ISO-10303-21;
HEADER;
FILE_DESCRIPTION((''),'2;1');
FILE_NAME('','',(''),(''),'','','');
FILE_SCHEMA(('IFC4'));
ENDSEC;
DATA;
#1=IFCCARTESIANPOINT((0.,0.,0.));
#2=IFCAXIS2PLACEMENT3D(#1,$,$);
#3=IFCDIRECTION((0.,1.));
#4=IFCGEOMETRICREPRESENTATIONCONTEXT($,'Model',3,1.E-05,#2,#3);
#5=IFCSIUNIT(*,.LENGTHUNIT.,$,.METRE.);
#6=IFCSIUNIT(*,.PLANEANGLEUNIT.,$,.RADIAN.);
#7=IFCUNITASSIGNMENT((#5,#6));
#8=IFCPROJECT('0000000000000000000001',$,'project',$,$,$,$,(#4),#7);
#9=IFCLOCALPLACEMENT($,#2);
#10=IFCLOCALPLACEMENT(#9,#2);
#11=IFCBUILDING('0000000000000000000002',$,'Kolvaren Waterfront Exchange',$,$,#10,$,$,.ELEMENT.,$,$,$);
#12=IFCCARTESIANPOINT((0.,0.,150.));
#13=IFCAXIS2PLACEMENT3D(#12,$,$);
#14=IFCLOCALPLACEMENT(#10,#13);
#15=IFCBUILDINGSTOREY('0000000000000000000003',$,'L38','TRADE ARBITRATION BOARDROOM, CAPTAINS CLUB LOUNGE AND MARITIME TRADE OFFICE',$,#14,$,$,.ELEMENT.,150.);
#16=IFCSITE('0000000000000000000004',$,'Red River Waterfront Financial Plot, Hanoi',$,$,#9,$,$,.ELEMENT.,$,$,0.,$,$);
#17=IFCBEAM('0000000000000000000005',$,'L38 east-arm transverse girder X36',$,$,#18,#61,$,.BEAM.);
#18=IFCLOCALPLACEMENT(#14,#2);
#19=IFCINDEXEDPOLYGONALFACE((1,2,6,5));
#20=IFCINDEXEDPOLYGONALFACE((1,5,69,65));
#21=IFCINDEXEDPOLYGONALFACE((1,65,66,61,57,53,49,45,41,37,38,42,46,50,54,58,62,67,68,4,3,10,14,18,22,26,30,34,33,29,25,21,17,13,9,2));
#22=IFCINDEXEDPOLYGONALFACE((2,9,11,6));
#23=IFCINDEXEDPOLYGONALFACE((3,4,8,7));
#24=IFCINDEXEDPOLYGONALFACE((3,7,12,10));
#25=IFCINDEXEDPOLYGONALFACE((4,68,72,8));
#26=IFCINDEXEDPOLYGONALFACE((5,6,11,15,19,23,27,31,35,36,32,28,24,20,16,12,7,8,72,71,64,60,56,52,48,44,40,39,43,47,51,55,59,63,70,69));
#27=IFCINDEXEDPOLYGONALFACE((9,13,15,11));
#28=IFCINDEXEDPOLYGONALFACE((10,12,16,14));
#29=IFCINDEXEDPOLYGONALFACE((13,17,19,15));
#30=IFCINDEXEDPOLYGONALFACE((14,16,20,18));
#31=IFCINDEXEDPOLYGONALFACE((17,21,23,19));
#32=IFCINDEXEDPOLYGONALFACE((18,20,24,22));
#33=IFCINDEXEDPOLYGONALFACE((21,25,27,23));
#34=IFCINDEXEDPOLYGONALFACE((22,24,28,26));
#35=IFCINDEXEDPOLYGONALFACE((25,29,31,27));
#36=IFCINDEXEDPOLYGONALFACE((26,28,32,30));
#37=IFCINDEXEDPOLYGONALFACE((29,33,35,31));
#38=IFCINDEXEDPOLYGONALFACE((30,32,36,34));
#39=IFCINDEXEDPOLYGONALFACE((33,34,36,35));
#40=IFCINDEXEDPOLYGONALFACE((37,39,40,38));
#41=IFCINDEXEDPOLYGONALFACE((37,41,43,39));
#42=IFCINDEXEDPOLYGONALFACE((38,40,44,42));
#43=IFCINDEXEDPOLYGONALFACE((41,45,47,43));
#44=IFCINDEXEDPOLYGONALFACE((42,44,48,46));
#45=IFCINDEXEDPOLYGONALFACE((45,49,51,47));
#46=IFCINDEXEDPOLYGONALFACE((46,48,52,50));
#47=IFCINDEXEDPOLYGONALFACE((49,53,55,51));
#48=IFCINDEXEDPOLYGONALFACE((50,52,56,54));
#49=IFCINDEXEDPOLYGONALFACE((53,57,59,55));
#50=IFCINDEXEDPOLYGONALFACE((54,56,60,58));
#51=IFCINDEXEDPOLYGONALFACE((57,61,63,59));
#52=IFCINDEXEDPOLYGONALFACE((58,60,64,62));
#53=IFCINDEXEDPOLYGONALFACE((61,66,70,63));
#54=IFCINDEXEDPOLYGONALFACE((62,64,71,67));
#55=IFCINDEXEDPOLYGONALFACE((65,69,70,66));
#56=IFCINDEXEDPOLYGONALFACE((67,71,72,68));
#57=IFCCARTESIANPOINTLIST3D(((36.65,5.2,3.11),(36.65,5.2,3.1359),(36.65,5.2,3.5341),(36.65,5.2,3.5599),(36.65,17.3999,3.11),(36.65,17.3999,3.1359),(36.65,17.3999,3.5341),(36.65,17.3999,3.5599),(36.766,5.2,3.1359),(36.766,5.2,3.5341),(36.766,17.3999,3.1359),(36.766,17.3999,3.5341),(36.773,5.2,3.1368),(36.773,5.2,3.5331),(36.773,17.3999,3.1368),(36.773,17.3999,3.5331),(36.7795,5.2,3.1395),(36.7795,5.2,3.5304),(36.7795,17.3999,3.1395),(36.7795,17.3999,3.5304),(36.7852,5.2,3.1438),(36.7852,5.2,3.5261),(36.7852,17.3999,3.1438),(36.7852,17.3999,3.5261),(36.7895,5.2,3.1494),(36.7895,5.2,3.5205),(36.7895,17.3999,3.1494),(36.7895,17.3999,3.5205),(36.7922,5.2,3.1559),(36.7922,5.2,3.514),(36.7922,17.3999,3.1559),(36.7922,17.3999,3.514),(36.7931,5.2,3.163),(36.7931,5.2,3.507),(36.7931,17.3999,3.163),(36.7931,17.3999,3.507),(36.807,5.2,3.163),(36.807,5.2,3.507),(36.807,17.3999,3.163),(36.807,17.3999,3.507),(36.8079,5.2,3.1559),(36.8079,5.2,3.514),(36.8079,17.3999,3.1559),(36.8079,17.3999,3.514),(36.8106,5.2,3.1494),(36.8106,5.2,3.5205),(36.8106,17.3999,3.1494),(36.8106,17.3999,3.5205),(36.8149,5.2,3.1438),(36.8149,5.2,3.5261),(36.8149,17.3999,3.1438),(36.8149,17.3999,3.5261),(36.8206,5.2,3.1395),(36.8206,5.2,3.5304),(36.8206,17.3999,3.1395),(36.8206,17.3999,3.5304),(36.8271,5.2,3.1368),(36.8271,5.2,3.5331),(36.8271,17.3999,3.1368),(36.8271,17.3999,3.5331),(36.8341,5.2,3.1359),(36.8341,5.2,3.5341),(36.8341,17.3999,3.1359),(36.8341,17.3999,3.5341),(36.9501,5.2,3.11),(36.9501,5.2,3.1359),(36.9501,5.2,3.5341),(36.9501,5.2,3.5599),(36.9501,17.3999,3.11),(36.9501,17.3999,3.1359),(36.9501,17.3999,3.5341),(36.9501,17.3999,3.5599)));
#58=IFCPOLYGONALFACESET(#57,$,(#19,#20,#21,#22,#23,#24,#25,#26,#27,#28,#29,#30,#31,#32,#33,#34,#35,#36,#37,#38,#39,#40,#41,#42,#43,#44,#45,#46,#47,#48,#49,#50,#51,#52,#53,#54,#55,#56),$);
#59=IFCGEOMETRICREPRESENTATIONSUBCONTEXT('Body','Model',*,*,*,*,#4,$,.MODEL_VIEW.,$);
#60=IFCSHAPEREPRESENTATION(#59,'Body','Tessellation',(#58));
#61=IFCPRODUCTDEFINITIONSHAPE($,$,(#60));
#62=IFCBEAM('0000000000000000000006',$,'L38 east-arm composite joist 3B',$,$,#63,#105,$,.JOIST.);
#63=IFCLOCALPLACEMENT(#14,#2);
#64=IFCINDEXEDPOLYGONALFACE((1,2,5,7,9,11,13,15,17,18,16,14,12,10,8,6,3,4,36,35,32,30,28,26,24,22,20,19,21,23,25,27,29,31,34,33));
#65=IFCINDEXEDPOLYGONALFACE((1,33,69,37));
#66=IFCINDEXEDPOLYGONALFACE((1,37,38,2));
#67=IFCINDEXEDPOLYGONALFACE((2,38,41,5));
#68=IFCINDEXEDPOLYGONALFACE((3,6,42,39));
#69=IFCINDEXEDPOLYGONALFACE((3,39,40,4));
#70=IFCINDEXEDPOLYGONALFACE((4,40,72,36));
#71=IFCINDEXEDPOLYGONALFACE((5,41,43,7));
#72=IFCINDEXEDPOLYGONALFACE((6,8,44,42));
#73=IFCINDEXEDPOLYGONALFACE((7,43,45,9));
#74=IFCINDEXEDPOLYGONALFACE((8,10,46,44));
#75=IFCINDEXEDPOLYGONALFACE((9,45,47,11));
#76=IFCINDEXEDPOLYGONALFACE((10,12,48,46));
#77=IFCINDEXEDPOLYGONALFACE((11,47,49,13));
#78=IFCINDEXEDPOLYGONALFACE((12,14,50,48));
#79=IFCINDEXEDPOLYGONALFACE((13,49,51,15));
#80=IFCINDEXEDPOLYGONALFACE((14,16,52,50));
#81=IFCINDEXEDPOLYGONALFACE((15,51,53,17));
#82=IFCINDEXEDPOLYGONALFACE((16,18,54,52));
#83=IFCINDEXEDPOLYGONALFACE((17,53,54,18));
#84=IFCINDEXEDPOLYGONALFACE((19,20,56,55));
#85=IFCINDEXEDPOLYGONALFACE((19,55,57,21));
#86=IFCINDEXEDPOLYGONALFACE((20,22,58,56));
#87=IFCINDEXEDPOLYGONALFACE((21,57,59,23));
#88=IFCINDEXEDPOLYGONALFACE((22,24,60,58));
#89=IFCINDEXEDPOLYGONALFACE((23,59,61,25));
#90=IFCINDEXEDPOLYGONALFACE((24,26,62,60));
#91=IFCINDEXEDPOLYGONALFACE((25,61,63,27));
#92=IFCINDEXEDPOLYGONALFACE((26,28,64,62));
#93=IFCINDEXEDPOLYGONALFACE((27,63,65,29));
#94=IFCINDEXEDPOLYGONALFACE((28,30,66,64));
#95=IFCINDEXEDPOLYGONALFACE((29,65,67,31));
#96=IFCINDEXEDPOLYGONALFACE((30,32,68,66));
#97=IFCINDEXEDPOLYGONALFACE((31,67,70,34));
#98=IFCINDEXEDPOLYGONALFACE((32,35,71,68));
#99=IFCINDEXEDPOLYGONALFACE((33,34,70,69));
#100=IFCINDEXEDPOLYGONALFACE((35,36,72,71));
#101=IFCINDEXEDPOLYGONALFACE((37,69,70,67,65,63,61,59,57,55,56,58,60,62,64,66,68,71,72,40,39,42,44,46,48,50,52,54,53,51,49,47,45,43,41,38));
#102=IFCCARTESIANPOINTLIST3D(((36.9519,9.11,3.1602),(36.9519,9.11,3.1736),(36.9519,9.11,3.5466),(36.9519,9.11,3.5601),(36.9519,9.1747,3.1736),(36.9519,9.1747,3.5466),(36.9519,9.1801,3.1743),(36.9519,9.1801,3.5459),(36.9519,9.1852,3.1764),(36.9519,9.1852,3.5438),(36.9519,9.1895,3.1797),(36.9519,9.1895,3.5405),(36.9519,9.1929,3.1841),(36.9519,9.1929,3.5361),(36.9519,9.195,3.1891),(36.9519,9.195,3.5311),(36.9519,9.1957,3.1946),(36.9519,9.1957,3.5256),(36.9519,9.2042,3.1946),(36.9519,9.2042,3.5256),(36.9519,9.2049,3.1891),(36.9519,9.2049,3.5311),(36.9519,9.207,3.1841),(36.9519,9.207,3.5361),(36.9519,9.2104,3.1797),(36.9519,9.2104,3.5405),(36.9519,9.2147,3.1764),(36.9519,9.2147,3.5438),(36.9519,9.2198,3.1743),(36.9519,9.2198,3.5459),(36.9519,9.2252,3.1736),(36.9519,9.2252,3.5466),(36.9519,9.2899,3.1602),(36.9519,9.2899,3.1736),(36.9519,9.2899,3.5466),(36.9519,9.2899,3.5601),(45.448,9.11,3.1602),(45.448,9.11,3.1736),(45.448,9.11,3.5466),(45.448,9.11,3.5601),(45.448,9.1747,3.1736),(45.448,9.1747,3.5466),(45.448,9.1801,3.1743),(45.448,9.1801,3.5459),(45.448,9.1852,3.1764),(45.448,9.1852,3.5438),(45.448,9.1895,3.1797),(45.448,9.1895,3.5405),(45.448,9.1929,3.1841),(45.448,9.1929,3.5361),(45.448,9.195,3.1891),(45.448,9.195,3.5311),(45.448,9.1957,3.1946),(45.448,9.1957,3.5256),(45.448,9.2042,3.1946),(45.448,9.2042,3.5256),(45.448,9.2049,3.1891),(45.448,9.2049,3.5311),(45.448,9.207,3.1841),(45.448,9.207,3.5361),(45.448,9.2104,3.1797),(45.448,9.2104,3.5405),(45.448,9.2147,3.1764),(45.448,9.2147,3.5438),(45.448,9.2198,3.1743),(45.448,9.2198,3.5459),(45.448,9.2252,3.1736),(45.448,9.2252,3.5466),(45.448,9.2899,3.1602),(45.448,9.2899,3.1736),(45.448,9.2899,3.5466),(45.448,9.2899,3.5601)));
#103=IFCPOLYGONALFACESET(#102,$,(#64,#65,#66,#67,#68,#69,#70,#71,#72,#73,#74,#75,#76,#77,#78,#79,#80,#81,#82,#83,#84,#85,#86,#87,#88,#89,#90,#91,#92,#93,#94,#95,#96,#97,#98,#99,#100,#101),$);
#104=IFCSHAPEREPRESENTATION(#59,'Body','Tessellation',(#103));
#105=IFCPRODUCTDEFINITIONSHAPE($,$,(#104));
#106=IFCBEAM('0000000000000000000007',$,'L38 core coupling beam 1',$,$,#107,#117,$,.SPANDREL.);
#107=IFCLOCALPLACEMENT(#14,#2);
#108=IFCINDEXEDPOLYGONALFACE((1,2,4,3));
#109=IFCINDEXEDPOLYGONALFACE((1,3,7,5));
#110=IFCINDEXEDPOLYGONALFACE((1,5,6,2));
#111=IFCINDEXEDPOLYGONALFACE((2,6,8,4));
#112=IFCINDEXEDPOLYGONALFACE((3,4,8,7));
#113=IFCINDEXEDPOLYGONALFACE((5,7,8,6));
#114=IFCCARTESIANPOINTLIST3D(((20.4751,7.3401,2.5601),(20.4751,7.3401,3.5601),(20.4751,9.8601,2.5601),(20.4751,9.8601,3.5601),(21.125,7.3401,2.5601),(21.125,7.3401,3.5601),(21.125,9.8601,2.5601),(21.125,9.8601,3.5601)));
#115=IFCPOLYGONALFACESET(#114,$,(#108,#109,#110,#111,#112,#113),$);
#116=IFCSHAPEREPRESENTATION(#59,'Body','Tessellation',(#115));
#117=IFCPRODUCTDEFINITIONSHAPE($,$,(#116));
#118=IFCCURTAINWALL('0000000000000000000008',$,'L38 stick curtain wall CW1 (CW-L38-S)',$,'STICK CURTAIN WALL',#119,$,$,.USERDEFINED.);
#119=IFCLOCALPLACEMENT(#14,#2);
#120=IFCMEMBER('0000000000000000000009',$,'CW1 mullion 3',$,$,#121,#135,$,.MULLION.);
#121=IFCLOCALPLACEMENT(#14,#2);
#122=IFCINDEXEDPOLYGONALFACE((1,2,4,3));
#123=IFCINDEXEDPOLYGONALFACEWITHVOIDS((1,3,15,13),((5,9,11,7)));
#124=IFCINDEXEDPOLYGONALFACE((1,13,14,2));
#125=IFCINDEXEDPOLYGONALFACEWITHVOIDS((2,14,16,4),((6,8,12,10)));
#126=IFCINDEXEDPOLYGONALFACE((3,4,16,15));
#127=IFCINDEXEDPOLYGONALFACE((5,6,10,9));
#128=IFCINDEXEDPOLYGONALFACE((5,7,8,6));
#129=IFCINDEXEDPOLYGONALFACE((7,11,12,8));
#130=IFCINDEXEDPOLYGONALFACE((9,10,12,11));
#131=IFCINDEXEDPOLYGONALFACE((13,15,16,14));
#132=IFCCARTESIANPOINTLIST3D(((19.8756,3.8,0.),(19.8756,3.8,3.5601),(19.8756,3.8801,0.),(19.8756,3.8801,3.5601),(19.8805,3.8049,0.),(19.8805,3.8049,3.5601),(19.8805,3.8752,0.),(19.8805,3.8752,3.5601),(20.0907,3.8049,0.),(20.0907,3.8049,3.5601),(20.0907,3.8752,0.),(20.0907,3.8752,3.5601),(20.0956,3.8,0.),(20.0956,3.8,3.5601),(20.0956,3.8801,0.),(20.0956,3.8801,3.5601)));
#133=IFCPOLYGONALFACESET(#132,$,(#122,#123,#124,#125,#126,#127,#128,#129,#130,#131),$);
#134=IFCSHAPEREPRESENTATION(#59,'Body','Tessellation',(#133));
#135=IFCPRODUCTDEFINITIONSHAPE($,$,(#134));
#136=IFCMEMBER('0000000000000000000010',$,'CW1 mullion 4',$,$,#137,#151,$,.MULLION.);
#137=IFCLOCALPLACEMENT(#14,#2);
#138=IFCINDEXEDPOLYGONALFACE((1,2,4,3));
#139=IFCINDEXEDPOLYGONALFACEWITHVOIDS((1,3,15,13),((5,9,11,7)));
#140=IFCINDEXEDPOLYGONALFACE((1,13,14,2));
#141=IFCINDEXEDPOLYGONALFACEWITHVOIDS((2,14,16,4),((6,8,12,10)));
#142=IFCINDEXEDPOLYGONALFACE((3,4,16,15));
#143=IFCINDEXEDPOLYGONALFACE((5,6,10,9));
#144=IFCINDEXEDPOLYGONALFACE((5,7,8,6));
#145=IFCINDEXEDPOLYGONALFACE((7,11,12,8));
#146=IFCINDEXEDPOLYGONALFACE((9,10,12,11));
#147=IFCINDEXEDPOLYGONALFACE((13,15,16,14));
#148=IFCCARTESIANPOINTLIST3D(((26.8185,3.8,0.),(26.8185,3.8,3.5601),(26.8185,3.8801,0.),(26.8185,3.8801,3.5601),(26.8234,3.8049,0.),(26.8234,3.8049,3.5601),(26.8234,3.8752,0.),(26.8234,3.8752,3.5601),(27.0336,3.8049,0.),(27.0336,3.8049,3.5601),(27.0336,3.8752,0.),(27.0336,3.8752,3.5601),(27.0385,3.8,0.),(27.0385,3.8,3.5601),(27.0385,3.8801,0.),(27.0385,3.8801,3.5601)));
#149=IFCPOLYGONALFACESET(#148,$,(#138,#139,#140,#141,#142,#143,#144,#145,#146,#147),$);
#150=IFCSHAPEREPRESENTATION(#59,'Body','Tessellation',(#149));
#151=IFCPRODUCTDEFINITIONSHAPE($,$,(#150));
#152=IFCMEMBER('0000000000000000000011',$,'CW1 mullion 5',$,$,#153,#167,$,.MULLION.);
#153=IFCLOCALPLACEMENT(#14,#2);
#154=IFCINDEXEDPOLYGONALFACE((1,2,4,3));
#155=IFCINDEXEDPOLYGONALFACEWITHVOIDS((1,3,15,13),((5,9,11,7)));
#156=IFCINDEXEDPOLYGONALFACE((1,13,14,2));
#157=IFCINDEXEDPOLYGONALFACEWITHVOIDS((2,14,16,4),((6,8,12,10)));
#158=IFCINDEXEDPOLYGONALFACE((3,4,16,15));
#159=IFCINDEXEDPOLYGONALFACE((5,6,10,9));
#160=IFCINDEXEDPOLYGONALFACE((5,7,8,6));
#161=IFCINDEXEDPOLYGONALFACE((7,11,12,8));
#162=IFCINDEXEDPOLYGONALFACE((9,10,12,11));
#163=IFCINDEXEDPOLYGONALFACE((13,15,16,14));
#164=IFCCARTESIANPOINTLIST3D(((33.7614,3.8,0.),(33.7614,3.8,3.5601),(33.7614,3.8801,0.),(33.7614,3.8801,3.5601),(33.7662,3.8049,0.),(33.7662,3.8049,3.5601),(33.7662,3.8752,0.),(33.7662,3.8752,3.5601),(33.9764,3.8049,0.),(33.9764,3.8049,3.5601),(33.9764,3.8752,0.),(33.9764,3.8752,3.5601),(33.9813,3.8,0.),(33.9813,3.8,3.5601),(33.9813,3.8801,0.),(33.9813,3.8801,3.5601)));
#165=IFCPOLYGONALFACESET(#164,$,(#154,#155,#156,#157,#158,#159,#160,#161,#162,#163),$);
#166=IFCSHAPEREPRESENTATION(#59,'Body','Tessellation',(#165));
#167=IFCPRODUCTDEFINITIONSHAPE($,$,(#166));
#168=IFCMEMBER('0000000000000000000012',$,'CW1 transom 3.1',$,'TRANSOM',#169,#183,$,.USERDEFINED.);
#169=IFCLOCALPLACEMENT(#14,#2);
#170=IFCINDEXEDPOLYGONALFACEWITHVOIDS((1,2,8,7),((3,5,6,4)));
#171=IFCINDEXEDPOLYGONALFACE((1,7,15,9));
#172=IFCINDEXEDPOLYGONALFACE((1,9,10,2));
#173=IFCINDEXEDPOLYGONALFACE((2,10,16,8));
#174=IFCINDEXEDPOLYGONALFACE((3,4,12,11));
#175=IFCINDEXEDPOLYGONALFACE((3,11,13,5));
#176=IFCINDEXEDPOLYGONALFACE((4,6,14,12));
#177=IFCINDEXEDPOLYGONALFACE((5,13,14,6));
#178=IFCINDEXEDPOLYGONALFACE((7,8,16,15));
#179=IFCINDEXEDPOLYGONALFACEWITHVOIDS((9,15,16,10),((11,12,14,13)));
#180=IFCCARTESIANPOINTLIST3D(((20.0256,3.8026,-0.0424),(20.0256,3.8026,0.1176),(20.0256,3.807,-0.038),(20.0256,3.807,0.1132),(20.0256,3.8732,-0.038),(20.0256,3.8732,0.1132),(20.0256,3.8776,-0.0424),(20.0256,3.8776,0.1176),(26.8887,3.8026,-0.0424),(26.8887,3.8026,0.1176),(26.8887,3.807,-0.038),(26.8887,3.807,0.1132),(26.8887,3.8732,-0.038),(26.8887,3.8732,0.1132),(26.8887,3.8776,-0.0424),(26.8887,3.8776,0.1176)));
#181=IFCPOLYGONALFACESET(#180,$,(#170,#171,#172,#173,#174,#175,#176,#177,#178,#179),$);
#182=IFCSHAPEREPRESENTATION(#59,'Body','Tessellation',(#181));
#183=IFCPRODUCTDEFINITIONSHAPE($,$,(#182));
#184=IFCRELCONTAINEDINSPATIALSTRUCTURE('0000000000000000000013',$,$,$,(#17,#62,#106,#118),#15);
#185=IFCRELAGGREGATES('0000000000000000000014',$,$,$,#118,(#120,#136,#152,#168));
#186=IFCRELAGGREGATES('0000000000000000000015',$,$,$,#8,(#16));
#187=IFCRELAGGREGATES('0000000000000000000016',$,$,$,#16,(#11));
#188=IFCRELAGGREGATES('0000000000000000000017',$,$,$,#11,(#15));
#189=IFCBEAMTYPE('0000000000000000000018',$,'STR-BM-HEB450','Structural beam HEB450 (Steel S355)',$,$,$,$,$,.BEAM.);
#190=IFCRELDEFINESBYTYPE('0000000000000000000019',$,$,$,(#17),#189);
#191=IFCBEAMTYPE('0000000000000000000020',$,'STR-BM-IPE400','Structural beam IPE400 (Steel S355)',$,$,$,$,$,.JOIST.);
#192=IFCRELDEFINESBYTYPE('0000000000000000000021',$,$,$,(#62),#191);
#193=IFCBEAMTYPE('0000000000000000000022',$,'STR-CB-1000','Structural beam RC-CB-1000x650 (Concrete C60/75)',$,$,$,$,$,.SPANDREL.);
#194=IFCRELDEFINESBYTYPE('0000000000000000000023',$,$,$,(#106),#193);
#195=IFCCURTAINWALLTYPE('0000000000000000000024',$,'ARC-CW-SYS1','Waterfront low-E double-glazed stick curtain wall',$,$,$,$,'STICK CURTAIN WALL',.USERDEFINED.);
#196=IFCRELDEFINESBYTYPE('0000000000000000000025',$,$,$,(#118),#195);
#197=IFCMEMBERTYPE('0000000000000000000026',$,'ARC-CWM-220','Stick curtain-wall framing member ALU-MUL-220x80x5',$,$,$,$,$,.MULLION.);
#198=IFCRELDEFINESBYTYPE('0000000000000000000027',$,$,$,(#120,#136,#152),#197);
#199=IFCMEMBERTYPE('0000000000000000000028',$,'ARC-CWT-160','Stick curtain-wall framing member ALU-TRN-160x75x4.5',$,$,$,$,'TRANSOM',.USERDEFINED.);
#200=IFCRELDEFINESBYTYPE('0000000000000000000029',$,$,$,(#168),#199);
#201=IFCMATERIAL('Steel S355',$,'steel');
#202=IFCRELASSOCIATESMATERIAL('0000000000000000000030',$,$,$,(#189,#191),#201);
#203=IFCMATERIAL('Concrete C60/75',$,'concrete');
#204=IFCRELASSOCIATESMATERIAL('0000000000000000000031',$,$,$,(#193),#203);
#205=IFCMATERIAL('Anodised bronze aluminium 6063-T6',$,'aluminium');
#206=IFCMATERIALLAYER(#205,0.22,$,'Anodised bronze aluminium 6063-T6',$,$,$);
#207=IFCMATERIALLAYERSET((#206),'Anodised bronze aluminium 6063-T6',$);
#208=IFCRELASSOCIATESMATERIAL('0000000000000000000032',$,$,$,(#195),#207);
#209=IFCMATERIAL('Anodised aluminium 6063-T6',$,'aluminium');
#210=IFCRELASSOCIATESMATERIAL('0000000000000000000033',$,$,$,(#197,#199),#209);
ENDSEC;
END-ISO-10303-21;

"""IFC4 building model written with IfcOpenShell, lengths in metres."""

from ifc_helpers import new_model, si_unit, direction, frame, origin, origin_with_axes, origin_2d, place, context, subcontext, project, spatial, rectangle, hollow_rectangle, i_section, extrude, source, transform, mapped, material, layer, layer_set, material_profile, profile_set, type_object, element, aggregate, save


model = new_model("IFC4")

# Units and contexts
model_context = context("Model", 3, precision=1e-05, world=origin(), true_north=direction((0.0, 1.0)))
body_context = subcontext(model_context, "Body", "Model", "MODEL_VIEW")
ifc_project = project(units=[si_unit("LENGTHUNIT", "METRE"), si_unit("PLANEANGLEUNIT", "RADIAN")], contexts=[model_context])

# Site, building, storey
site_placement = place(None, origin())
site = spatial("IfcSite", under=ifc_project, at=site_placement, Name="Red River Waterfront Financial Plot, Hanoi", CompositionType="ELEMENT", RefElevation=0.0)
building_placement = place(site_placement, origin())
building = spatial("IfcBuilding", under=site, at=building_placement, Name="Kolvaren Waterfront Exchange", CompositionType="ELEMENT")
storey_placement = place(building_placement, frame((0.0, 0.0, 150.0)))
storey = spatial("IfcBuildingStorey", under=building, at=storey_placement, Name="L38", Description="TRADE ARBITRATION BOARDROOM, CAPTAINS CLUB LOUNGE AND MARITIME TRADE OFFICE", CompositionType="ELEMENT", Elevation=150.0)

# Shared definitions
ifc_material_1 = material(Name="Concrete C60/75", Category="concrete")

# Beams
ifc_material_2 = material(Name="Steel S355", Category="steel")
ifc_material_profile_1 = material_profile(ifc_material_2, i_section(OverallWidth=0.3, OverallDepth=0.45, WebThickness=0.0139, FlangeThickness=0.0259, FilletRadius=0.0271, at=origin_2d()), Name="HEB450")
ifc_profile_set_1 = profile_set([ifc_material_profile_1], Name="Steel S355")
beam_type_1 = type_object("IfcBeamType", Name="STR-BM-HEB450", Description="Structural beam HEB450 (Steel S355)", PredefinedType="BEAM", material=ifc_profile_set_1)
for number, where, z_axis, x_axis, name in (
    (1, (36.8, 5.2, 3.335), (0.0, 1.0, 0.0), (-1.0, 0.0, 0.0), "L38 east-arm transverse girder X36"),
):
    element("IfcBeam", number, at=place(storey_placement, frame(where, z_axis=z_axis, x_axis=x_axis)), inside=storey, type_object=beam_type_1, Name=name, PredefinedType="BEAM", context=body_context, shape_type="SweptSolid", body=[
        extrude(i_section(OverallWidth=0.3, OverallDepth=0.45, WebThickness=0.0139, FlangeThickness=0.0259, FilletRadius=0.0271, at=origin_2d()), origin(), (0.0, 0.0, 1.0), 12.2),
    ])
ifc_material_profile_2 = material_profile(ifc_material_2, i_section(OverallWidth=0.1799, OverallDepth=0.3999, WebThickness=0.0085, FlangeThickness=0.0134, FilletRadius=0.021, at=origin_2d()), Name="IPE400")
ifc_profile_set_2 = profile_set([ifc_material_profile_2], Name="Steel S355")
beam_type_2 = type_object("IfcBeamType", Name="STR-BM-IPE400", Description="Structural beam IPE400 (Steel S355)", PredefinedType="JOIST", material=ifc_profile_set_2)
beam_1_placement = place(storey_placement, frame((36.9519, 9.2, 3.3601), z_axis=(1.0, 0.0, 0.0), x_axis=(0.0, 1.0, 0.0)))
element("IfcBeam", 2, at=beam_1_placement, inside=storey, type_object=beam_type_2, Name="L38 east-arm composite joist 3B", PredefinedType="JOIST", context=body_context, shape_type="SweptSolid", body=[
    extrude(i_section(OverallWidth=0.1799, OverallDepth=0.3999, WebThickness=0.0085, FlangeThickness=0.0134, FilletRadius=0.021, at=origin_2d()), origin(), (0.0, 0.0, 1.0), 8.4961),
])
ifc_material_profile_3 = material_profile(ifc_material_1, rectangle(XDim=0.6499, YDim=1.0, at=origin_2d()), Name="RC-CB-1000x650")
ifc_profile_set_3 = profile_set([ifc_material_profile_3], Name="Concrete C60/75")
beam_type_3 = type_object("IfcBeamType", Name="STR-CB-1000", Description="Structural beam RC-CB-1000x650 (Concrete C60/75)", PredefinedType="SPANDREL", material=ifc_profile_set_3)
beam_2_placement = place(storey_placement, frame((20.8, 7.3401, 3.0601), z_axis=(0.0, 1.0, 0.0), x_axis=(-1.0, 0.0, 0.0)))
element("IfcBeam", 3, at=beam_2_placement, inside=storey, type_object=beam_type_3, Name="L38 core coupling beam 1", PredefinedType="SPANDREL", context=body_context, shape_type="SweptSolid", body=[
    extrude(rectangle(XDim=0.6499, YDim=1.0, at=origin_2d()), origin(), (0.0, 0.0, 1.0), 2.52),
])

# Curtain wall, members
ifc_material_3 = material(Name="Anodised bronze aluminium 6063-T6", Category="aluminium")
ifc_layer_1 = layer(ifc_material_3, 0.22, Name="Anodised bronze aluminium 6063-T6")
ifc_layer_set_1 = layer_set([ifc_layer_1], Name="Anodised bronze aluminium 6063-T6")
curtain_wall_type = type_object("IfcCurtainWallType", Name="ARC-CW-SYS1", Description="Waterfront low-E double-glazed stick curtain wall", ElementType="STICK CURTAIN WALL", PredefinedType="USERDEFINED", material=ifc_layer_set_1)
curtain_wall_placement = place(storey_placement, origin())
curtain_wall = element("IfcCurtainWall", 4, at=curtain_wall_placement, inside=storey, type_object=curtain_wall_type, Name="L38 stick curtain wall CW1 (CW-L38-S)", ObjectType="STICK CURTAIN WALL", PredefinedType="USERDEFINED")
ifc_material_4 = material(Name="Anodised aluminium 6063-T6", Category="aluminium")
ifc_material_profile_4 = material_profile(ifc_material_4, hollow_rectangle(XDim=0.0801, YDim=0.22, WallThickness=0.0049, at=origin_2d()), Name="ALU-MUL-220x80x5")
ifc_profile_set_4 = profile_set([ifc_material_profile_4], Name="Anodised aluminium 6063-T6")
member_type_1 = type_object("IfcMemberType", Name="ARC-CWM-220", Description="Stick curtain-wall framing member ALU-MUL-220x80x5", PredefinedType="MULLION", material=ifc_profile_set_4)
shared_shape_1 = source(origin_with_axes(), body_context, "Body", "SweptSolid", [
    extrude(hollow_rectangle(XDim=0.0801, YDim=0.22, WallThickness=0.0049, at=origin_2d()), origin(), (0.0, 0.0, 1.0), 3.5601),
])
member_1_placement = place(storey_placement, frame((19.9856, 3.8401, 0.0), z_axis=(0.0, 0.0, 1.0), x_axis=(0.0, 1.0, 0.0)))
member_1 = element("IfcMember", 5, at=member_1_placement, type_object=member_type_1, Name="CW1 mullion 3", PredefinedType="MULLION", context=body_context, shape_type="MappedRepresentation", body=[
    mapped(shared_shape_1, transform((0.0, 0.0, 0.0), x_axis=(1.0, 0.0, 0.0), y_axis=(0.0, 1.0, 0.0), z_axis=(0.0, 0.0, 1.0), scale=1.0)),
])
member_2_placement = place(storey_placement, frame((26.9285, 3.8401, 0.0), z_axis=(0.0, 0.0, 1.0), x_axis=(0.0, 1.0, 0.0)))
member_2 = element("IfcMember", 6, at=member_2_placement, type_object=member_type_1, Name="CW1 mullion 4", PredefinedType="MULLION", context=body_context, shape_type="MappedRepresentation", body=[
    mapped(shared_shape_1, transform((0.0, 0.0, 0.0), x_axis=(1.0, 0.0, 0.0), y_axis=(0.0, 1.0, 0.0), z_axis=(0.0, 0.0, 1.0), scale=1.0)),
])
member_3_placement = place(storey_placement, frame((33.8713, 3.8401, 0.0), z_axis=(0.0, 0.0, 1.0), x_axis=(0.0, 1.0, 0.0)))
member_3 = element("IfcMember", 7, at=member_3_placement, type_object=member_type_1, Name="CW1 mullion 5", PredefinedType="MULLION", context=body_context, shape_type="MappedRepresentation", body=[
    mapped(shared_shape_1, transform((0.0, 0.0, 0.0), x_axis=(1.0, 0.0, 0.0), y_axis=(0.0, 1.0, 0.0), z_axis=(0.0, 0.0, 1.0), scale=1.0)),
])
ifc_material_profile_5 = material_profile(ifc_material_4, hollow_rectangle(XDim=0.075, YDim=0.1599, WallThickness=0.0044, at=origin_2d()), Name="ALU-TRN-160x75x4.5")
ifc_profile_set_5 = profile_set([ifc_material_profile_5], Name="Anodised aluminium 6063-T6")
member_type_2 = type_object("IfcMemberType", Name="ARC-CWT-160", Description="Stick curtain-wall framing member ALU-TRN-160x75x4.5", ElementType="TRANSOM", PredefinedType="USERDEFINED", material=ifc_profile_set_5)
shared_shape_2 = source(origin_with_axes(), body_context, "Body", "SweptSolid", [
    extrude(hollow_rectangle(XDim=0.075, YDim=0.1599, WallThickness=0.0044, at=origin_2d()), origin(), (0.0, 0.0, 1.0), 6.863),
])
member_4_placement = place(storey_placement, frame((20.0256, 3.8401, 0.0376), z_axis=(1.0, 0.0, 0.0), x_axis=(0.0, 1.0, 0.0)))
member_4 = element("IfcMember", 8, at=member_4_placement, type_object=member_type_2, Name="CW1 transom 3.1", ObjectType="TRANSOM", PredefinedType="USERDEFINED", context=body_context, shape_type="MappedRepresentation", body=[
    mapped(shared_shape_2, transform((0.0, 0.0, 0.0), x_axis=(1.0, 0.0, 0.0), y_axis=(0.0, 1.0, 0.0), z_axis=(0.0, 0.0, 1.0), scale=1.0)),
])
aggregate(curtain_wall, [member_1, member_2, member_3, member_4])

save(model, "model.ifc")
